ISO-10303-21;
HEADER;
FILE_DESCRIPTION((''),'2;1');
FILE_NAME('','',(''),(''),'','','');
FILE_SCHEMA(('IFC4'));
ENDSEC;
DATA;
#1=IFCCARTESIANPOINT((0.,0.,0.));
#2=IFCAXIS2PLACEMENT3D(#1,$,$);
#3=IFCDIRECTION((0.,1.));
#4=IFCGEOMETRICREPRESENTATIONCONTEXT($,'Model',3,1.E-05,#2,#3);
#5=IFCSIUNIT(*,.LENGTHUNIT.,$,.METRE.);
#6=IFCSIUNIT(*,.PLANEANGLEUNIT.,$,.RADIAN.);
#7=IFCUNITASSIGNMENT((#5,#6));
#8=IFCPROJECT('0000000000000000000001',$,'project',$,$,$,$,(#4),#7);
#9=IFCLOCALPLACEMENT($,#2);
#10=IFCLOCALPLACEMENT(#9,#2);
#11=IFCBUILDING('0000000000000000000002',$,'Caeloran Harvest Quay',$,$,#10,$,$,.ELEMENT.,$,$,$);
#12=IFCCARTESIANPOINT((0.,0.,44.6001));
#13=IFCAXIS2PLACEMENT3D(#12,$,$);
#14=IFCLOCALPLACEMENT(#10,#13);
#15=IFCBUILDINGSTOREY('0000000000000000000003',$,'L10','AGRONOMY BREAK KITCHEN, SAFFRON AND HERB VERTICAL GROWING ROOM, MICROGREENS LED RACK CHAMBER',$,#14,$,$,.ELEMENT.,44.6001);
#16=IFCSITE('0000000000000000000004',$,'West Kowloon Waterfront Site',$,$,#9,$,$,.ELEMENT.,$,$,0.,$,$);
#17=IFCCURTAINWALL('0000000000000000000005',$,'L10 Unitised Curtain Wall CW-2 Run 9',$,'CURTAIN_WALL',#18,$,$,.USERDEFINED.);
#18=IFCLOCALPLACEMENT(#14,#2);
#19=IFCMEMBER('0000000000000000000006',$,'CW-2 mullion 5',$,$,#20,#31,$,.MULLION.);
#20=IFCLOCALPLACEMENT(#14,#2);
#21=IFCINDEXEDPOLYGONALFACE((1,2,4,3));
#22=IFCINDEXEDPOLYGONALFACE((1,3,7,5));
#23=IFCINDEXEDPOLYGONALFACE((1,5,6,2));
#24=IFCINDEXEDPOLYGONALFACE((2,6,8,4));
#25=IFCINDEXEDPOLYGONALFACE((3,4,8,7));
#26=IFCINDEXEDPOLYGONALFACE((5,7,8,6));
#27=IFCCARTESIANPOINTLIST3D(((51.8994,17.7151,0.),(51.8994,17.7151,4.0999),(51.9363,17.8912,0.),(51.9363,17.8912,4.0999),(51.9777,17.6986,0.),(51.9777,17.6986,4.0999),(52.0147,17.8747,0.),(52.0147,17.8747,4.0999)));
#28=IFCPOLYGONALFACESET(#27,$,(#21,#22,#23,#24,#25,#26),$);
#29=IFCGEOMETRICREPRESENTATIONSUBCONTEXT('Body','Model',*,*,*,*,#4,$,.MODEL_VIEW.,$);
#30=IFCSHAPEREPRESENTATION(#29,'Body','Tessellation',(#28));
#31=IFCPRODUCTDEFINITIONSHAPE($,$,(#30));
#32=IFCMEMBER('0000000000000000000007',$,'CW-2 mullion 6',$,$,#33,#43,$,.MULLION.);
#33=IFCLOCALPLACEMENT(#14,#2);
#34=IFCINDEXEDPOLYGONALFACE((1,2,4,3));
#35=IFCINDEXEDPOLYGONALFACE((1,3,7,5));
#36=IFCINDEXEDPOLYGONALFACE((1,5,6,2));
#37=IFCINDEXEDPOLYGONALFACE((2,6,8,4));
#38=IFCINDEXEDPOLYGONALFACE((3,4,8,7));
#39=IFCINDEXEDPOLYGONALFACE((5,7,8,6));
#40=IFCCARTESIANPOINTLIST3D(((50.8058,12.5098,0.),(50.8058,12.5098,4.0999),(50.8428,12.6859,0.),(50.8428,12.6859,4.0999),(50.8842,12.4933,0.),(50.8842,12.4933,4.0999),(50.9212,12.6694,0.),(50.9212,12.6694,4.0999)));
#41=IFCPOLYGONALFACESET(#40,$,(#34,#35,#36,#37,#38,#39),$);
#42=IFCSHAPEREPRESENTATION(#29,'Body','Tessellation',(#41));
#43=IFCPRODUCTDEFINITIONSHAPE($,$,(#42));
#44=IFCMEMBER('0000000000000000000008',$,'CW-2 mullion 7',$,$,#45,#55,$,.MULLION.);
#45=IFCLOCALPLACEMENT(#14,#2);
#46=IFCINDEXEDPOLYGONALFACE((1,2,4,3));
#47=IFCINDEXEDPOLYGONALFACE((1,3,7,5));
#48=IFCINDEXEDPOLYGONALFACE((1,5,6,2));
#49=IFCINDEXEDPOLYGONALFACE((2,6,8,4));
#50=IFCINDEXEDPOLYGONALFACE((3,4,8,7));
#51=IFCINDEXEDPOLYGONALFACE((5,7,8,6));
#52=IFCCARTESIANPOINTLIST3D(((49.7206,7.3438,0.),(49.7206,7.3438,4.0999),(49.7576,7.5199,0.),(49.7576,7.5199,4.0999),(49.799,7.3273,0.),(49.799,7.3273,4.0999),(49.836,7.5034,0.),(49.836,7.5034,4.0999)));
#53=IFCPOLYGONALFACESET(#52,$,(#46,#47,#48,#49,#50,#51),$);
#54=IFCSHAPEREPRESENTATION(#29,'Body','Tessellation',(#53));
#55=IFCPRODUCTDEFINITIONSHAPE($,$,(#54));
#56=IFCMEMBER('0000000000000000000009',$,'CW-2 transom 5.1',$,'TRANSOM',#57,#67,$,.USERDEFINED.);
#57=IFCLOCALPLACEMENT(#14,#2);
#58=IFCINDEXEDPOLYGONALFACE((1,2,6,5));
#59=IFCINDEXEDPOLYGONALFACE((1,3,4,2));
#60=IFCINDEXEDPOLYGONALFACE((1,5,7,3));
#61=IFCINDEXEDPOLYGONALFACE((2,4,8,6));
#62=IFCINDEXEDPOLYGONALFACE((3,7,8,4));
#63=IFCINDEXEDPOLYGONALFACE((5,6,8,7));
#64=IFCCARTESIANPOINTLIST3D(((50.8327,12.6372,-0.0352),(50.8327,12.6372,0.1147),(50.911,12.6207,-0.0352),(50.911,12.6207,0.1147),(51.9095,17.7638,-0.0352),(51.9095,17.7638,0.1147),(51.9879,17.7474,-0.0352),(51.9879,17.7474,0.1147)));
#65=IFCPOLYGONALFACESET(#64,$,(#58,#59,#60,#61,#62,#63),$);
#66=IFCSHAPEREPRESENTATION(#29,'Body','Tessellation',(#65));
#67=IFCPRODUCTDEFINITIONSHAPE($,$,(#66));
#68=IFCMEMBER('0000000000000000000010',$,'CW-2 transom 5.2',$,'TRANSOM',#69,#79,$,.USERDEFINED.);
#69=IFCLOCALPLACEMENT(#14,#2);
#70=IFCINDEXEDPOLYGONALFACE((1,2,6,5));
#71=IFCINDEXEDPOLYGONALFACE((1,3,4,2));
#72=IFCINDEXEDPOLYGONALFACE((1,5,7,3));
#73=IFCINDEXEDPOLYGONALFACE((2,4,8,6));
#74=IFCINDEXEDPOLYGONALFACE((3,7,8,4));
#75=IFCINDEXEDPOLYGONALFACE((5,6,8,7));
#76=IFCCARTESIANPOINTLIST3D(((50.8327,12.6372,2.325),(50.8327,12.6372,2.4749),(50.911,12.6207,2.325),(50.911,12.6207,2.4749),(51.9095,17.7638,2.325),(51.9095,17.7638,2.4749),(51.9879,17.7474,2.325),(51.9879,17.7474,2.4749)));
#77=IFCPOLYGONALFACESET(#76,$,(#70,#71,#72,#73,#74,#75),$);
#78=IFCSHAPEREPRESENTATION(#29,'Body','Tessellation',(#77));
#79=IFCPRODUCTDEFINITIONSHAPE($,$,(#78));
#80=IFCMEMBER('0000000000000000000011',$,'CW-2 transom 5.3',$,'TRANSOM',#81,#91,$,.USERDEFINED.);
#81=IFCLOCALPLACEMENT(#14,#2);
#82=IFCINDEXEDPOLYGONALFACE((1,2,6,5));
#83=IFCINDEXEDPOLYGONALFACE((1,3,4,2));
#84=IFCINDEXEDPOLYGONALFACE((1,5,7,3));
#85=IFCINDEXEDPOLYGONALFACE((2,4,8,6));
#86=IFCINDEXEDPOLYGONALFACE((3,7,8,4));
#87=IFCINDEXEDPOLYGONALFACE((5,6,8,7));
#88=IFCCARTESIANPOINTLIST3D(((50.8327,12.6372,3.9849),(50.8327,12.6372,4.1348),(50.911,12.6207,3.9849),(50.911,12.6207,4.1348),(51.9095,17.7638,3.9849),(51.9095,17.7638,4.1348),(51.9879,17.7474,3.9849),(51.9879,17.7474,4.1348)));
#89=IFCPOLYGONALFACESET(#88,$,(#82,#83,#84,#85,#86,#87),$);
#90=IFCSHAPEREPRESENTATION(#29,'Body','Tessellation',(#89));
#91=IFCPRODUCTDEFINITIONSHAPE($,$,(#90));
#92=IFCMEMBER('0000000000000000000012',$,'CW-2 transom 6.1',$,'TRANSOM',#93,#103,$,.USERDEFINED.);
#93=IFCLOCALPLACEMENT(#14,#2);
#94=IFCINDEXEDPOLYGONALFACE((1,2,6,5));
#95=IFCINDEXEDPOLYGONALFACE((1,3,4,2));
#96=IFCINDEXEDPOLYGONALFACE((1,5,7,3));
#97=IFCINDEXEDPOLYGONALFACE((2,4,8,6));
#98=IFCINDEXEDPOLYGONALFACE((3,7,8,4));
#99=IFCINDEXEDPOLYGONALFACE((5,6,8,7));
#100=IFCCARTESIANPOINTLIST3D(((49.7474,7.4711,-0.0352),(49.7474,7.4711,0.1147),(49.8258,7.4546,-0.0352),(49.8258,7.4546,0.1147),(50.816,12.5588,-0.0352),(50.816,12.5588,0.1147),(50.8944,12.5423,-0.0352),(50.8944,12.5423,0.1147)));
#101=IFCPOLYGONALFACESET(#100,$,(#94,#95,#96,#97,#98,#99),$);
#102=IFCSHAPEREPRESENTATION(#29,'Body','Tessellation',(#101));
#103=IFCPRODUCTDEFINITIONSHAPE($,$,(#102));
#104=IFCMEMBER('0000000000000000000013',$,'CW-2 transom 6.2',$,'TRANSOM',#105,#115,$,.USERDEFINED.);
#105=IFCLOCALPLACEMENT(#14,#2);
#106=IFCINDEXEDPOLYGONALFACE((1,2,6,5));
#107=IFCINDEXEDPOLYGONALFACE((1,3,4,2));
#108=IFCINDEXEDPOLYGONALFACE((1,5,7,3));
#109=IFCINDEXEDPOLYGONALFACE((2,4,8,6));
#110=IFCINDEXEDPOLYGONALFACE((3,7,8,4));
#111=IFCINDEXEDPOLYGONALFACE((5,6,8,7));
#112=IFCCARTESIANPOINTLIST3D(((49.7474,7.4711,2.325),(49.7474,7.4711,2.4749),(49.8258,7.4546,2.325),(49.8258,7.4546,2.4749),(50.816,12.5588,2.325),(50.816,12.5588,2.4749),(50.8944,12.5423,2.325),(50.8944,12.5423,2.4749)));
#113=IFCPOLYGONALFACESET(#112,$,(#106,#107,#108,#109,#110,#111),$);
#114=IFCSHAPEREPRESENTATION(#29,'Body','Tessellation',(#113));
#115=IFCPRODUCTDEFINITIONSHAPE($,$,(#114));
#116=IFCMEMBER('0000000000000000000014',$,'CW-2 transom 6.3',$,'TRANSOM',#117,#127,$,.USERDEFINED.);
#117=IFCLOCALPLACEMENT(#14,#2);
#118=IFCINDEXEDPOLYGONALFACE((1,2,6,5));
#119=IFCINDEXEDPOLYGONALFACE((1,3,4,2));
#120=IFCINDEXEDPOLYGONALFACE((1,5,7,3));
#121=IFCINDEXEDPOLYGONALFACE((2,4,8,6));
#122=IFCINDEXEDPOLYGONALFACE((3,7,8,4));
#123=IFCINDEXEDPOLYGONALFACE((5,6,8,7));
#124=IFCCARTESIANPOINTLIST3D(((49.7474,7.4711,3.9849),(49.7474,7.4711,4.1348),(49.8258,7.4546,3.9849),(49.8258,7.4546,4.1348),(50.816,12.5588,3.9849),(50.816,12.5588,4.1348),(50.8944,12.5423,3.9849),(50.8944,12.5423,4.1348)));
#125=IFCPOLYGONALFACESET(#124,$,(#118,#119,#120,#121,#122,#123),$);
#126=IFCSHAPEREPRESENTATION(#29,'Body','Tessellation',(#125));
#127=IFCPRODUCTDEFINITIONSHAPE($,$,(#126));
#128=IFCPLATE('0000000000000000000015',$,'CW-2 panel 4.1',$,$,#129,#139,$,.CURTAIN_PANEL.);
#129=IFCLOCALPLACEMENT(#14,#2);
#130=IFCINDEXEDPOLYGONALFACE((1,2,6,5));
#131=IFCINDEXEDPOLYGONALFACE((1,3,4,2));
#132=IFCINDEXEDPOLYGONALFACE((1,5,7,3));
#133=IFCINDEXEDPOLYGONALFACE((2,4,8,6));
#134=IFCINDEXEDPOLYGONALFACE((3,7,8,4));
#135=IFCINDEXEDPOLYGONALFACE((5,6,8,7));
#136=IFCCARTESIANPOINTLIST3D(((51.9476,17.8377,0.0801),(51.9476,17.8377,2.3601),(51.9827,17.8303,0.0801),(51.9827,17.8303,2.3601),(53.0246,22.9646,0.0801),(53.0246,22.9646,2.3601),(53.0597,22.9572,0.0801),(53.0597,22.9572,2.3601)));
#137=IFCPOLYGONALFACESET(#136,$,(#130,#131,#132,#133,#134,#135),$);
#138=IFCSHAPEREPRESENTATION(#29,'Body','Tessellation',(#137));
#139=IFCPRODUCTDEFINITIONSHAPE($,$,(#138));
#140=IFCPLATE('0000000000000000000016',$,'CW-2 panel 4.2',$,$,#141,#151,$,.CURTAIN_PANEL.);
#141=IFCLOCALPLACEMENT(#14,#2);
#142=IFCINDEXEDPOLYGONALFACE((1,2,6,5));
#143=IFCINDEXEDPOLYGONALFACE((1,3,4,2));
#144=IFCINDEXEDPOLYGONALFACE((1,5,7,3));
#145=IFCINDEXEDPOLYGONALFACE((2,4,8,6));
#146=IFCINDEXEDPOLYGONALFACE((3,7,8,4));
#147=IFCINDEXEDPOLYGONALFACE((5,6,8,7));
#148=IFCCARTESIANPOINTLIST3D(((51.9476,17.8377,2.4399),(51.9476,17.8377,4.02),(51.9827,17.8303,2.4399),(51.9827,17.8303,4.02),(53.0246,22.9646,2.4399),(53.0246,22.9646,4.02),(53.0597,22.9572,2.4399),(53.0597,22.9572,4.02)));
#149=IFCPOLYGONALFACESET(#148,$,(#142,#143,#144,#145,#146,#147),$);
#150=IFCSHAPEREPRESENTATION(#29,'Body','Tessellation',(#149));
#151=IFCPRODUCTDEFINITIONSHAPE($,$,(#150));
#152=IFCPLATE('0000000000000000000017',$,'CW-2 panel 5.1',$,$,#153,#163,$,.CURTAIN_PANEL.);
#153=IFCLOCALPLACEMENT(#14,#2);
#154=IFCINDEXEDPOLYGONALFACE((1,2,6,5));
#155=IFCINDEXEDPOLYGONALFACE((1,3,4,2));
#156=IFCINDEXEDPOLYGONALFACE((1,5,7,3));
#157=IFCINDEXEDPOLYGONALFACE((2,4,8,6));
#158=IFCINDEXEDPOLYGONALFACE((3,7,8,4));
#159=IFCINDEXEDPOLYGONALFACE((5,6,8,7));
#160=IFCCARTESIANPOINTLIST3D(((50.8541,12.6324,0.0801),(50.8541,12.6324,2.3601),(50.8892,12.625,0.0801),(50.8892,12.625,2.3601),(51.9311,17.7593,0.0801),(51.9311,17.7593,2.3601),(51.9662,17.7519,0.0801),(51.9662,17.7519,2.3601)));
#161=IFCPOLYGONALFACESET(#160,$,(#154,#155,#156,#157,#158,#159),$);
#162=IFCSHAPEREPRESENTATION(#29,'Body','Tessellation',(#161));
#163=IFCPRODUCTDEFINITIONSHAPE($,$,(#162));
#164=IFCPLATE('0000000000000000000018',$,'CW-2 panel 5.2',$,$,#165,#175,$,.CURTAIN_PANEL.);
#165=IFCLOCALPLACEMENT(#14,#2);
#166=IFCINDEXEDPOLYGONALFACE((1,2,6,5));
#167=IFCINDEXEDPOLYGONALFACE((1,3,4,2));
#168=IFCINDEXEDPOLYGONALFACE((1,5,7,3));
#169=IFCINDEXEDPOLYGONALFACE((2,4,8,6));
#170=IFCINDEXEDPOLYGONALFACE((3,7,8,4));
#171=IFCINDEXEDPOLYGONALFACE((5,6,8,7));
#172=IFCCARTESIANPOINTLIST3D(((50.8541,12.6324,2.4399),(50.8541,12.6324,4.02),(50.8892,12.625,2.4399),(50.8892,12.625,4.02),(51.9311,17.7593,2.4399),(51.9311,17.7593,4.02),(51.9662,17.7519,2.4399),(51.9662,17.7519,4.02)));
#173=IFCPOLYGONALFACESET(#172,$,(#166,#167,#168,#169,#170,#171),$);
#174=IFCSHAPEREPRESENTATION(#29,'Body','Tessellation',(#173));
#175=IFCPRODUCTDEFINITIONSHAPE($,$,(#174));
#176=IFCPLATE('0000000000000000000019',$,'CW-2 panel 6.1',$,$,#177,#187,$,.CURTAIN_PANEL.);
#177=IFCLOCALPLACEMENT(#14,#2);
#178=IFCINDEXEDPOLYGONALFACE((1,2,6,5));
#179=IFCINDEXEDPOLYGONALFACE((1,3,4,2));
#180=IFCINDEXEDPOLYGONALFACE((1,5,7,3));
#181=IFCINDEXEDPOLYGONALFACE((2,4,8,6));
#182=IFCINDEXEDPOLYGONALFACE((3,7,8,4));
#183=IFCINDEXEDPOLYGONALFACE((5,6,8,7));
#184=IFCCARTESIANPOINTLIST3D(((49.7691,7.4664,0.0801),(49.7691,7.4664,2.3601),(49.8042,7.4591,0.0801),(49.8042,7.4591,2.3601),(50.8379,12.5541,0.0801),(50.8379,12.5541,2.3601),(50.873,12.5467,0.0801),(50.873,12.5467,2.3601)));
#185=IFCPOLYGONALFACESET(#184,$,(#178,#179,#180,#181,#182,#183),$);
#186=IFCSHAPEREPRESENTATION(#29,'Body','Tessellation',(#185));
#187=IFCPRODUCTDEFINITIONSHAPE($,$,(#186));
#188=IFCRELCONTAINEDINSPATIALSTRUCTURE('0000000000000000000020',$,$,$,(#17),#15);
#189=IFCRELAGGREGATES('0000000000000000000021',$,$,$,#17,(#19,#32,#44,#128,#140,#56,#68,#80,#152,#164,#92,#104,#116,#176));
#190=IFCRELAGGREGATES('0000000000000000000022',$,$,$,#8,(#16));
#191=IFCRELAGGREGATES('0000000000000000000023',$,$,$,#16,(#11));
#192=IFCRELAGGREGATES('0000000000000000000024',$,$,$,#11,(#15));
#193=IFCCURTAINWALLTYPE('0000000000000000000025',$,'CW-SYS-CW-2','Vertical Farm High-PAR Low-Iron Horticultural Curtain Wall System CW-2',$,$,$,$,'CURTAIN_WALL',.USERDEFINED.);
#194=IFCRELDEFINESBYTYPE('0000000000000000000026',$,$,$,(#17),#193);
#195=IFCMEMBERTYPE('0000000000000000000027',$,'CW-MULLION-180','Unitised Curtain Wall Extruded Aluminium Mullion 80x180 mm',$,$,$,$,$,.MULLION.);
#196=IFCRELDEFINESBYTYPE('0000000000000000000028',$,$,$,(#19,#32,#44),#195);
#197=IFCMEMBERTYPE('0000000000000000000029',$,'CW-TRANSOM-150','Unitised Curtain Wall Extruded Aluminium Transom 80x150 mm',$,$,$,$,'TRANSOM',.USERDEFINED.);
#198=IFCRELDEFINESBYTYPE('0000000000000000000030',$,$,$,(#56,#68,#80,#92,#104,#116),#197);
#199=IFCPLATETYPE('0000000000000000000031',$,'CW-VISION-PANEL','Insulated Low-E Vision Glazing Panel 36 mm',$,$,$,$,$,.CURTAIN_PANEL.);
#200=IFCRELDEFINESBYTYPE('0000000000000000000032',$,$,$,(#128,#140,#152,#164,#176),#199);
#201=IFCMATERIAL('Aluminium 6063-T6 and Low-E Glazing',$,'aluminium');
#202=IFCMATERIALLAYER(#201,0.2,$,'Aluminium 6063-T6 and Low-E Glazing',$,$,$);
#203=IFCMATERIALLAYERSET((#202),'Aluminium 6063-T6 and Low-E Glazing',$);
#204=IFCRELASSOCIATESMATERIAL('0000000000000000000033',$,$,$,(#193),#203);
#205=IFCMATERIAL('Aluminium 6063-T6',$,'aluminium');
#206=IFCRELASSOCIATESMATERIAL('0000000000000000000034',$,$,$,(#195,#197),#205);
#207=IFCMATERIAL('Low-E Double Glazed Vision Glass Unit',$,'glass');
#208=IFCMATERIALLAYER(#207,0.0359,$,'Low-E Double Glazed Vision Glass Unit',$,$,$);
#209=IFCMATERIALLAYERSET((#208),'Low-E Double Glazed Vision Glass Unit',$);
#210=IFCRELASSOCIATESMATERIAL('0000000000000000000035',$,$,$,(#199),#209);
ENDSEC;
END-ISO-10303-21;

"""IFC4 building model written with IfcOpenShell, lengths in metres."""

from ifc_helpers import new_model, si_unit, direction, frame, origin, origin_2d, place, context, subcontext, project, spatial, rectangle, extrude, material, layer, layer_set, material_profile, profile_set, type_object, element, aggregate, save


model = new_model("IFC4")

# Units and contexts
model_context = context("Model", 3, precision=1e-05, world=origin(), true_north=direction((0.0, 1.0)))
body_context = subcontext(model_context, "Body", "Model", "MODEL_VIEW")
ifc_project = project(units=[si_unit("LENGTHUNIT", "METRE"), si_unit("PLANEANGLEUNIT", "RADIAN")], contexts=[model_context])

# Site, building, storey
site_placement = place(None, origin())
site = spatial("IfcSite", under=ifc_project, at=site_placement, Name="West Kowloon Waterfront Site", CompositionType="ELEMENT", RefElevation=0.0)
building_placement = place(site_placement, origin())
building = spatial("IfcBuilding", under=site, at=building_placement, Name="Caeloran Harvest Quay", CompositionType="ELEMENT")
storey_placement = place(building_placement, frame((0.0, 0.0, 44.6001)))
storey = spatial("IfcBuildingStorey", under=building, at=storey_placement, Name="L10", Description="AGRONOMY BREAK KITCHEN, SAFFRON AND HERB VERTICAL GROWING ROOM, MICROGREENS LED RACK CHAMBER", CompositionType="ELEMENT", Elevation=44.6001)

# Curtain wall, members, plates
ifc_material_1 = material(Name="Aluminium 6063-T6 and Low-E Glazing", Category="aluminium")
ifc_layer_1 = layer(ifc_material_1, 0.2, Name="Aluminium 6063-T6 and Low-E Glazing")
ifc_layer_set_1 = layer_set([ifc_layer_1], Name="Aluminium 6063-T6 and Low-E Glazing")
curtain_wall_type = type_object("IfcCurtainWallType", Name="CW-SYS-CW-2", Description="Vertical Farm High-PAR Low-Iron Horticultural Curtain Wall System CW-2", ElementType="CURTAIN_WALL", PredefinedType="USERDEFINED", material=ifc_layer_set_1)
curtain_wall_placement = place(storey_placement, origin())
curtain_wall = element("IfcCurtainWall", 1, at=curtain_wall_placement, inside=storey, type_object=curtain_wall_type, Name="L10 Unitised Curtain Wall CW-2 Run 9", ObjectType="CURTAIN_WALL", PredefinedType="USERDEFINED")
ifc_material_2 = material(Name="Aluminium 6063-T6", Category="aluminium")
ifc_material_profile_1 = material_profile(ifc_material_2, rectangle(XDim=0.0801, YDim=0.1799, at=origin_2d()), Name="CW-MULLION-180")
ifc_profile_set_1 = profile_set([ifc_material_profile_1], Name="Aluminium 6063-T6")
member_type_1 = type_object("IfcMemberType", Name="CW-MULLION-180", Description="Unitised Curtain Wall Extruded Aluminium Mullion 80x180 mm", PredefinedType="MULLION", material=ifc_profile_set_1)
member_1_placement = place(storey_placement, frame((51.957, 17.7949, 0.0), z_axis=(0.0, 0.0, 1.0), x_axis=(0.97864, -0.205583, 0.0)))
member_1 = element("IfcMember", 2, at=member_1_placement, type_object=member_type_1, Name="CW-2 mullion 5", PredefinedType="MULLION", context=body_context, shape_type="SweptSolid", body=[
    extrude(rectangle(XDim=0.0801, YDim=0.1799, at=origin_2d()), origin(), (0.0, 0.0, 1.0), 4.0999),
])
member_2_placement = place(storey_placement, frame((50.8635, 12.5896, 0.0), z_axis=(0.0, 0.0, 1.0), x_axis=(0.97864, -0.205583, 0.0)))
member_2 = element("IfcMember", 3, at=member_2_placement, type_object=member_type_1, Name="CW-2 mullion 6", PredefinedType="MULLION", context=body_context, shape_type="SweptSolid", body=[
    extrude(rectangle(XDim=0.0801, YDim=0.1799, at=origin_2d()), origin(), (0.0, 0.0, 1.0), 4.0999),
])
member_3_placement = place(storey_placement, frame((49.7783, 7.4236, 0.0), z_axis=(0.0, 0.0, 1.0), x_axis=(0.97864, -0.205583, 0.0)))
member_3 = element("IfcMember", 4, at=member_3_placement, type_object=member_type_1, Name="CW-2 mullion 7", PredefinedType="MULLION", context=body_context, shape_type="SweptSolid", body=[
    extrude(rectangle(XDim=0.0801, YDim=0.1799, at=origin_2d()), origin(), (0.0, 0.0, 1.0), 4.0999),
])
ifc_material_profile_2 = material_profile(ifc_material_2, rectangle(XDim=0.0801, YDim=0.1499, at=origin_2d()), Name="CW-TRANSOM-150")
ifc_profile_set_2 = profile_set([ifc_material_profile_2], Name="Aluminium 6063-T6")
member_type_2 = type_object("IfcMemberType", Name="CW-TRANSOM-150", Description="Unitised Curtain Wall Extruded Aluminium Transom 80x150 mm", ElementType="TRANSOM", PredefinedType="USERDEFINED", material=ifc_profile_set_2)
member_4_placement = place(storey_placement, frame((51.9487, 17.7556, 0.0398), z_axis=(-0.205571, -0.978642, 0.0), x_axis=(0.978642, -0.205571, 0.0)))
member_4 = element("IfcMember", 5, at=member_4_placement, type_object=member_type_2, Name="CW-2 transom 5.1", ObjectType="TRANSOM", PredefinedType="USERDEFINED", context=body_context, shape_type="SweptSolid", body=[
    extrude(rectangle(XDim=0.0801, YDim=0.1499, at=origin_2d()), origin(), (0.0, 0.0, 1.0), 5.2385),
])
member_5_placement = place(storey_placement, frame((51.9487, 17.7556, 2.3999), z_axis=(-0.205571, -0.978642, 0.0), x_axis=(0.978642, -0.205571, 0.0)))
member_5 = element("IfcMember", 6, at=member_5_placement, type_object=member_type_2, Name="CW-2 transom 5.2", ObjectType="TRANSOM", PredefinedType="USERDEFINED", context=body_context, shape_type="SweptSolid", body=[
    extrude(rectangle(XDim=0.0801, YDim=0.1499, at=origin_2d()), origin(), (0.0, 0.0, 1.0), 5.2385),
])
member_6_placement = place(storey_placement, frame((51.9487, 17.7556, 4.0598), z_axis=(-0.205571, -0.978642, 0.0), x_axis=(0.978642, -0.205571, 0.0)))
member_6 = element("IfcMember", 7, at=member_6_placement, type_object=member_type_2, Name="CW-2 transom 5.3", ObjectType="TRANSOM", PredefinedType="USERDEFINED", context=body_context, shape_type="SweptSolid", body=[
    extrude(rectangle(XDim=0.0801, YDim=0.1499, at=origin_2d()), origin(), (0.0, 0.0, 1.0), 5.2385),
])
member_7_placement = place(storey_placement, frame((50.8552, 12.5505, 0.0398), z_axis=(-0.205554, -0.978646, 0.0), x_axis=(0.978646, -0.205554, 0.0)))
member_7 = element("IfcMember", 8, at=member_7_placement, type_object=member_type_2, Name="CW-2 transom 6.1", ObjectType="TRANSOM", PredefinedType="USERDEFINED", context=body_context, shape_type="SweptSolid", body=[
    extrude(rectangle(XDim=0.0801, YDim=0.1499, at=origin_2d()), origin(), (0.0, 0.0, 1.0), 5.1987),
])
member_8_placement = place(storey_placement, frame((50.8552, 12.5505, 2.3999), z_axis=(-0.205554, -0.978646, 0.0), x_axis=(0.978646, -0.205554, 0.0)))
member_8 = element("IfcMember", 9, at=member_8_placement, type_object=member_type_2, Name="CW-2 transom 6.2", ObjectType="TRANSOM", PredefinedType="USERDEFINED", context=body_context, shape_type="SweptSolid", body=[
    extrude(rectangle(XDim=0.0801, YDim=0.1499, at=origin_2d()), origin(), (0.0, 0.0, 1.0), 5.1987),
])
member_9_placement = place(storey_placement, frame((50.8552, 12.5505, 4.0598), z_axis=(-0.205554, -0.978646, 0.0), x_axis=(0.978646, -0.205554, 0.0)))
member_9 = element("IfcMember", 10, at=member_9_placement, type_object=member_type_2, Name="CW-2 transom 6.3", ObjectType="TRANSOM", PredefinedType="USERDEFINED", context=body_context, shape_type="SweptSolid", body=[
    extrude(rectangle(XDim=0.0801, YDim=0.1499, at=origin_2d()), origin(), (0.0, 0.0, 1.0), 5.1987),
])
ifc_material_3 = material(Name="Low-E Double Glazed Vision Glass Unit", Category="glass")
ifc_layer_2 = layer(ifc_material_3, 0.0359, Name="Low-E Double Glazed Vision Glass Unit")
ifc_layer_set_2 = layer_set([ifc_layer_2], Name="Low-E Double Glazed Vision Glass Unit")
plate_type_1 = type_object("IfcPlateType", Name="CW-VISION-PANEL", Description="Insulated Low-E Vision Glazing Panel 36 mm", PredefinedType="CURTAIN_PANEL", material=ifc_layer_set_2)
plate_1_placement = place(storey_placement, frame((52.5037, 20.3975, 0.0801), z_axis=(0.0, 0.0, 1.0), x_axis=(-0.205583, -0.97864, 0.0)))
plate_1 = element("IfcPlate", 11, at=plate_1_placement, type_object=plate_type_1, Name="CW-2 panel 4.1", PredefinedType="CURTAIN_PANEL", context=body_context, shape_type="SweptSolid", body=[
    extrude(rectangle(XDim=5.2388, YDim=0.0359, at=origin_2d()), origin(), (0.0, 0.0, 1.0), 2.28),
])
plate_2_placement = place(storey_placement, frame((52.5037, 20.3975, 2.4399), z_axis=(0.0, 0.0, 1.0), x_axis=(-0.205583, -0.97864, 0.0)))
plate_2 = element("IfcPlate", 12, at=plate_2_placement, type_object=plate_type_1, Name="CW-2 panel 4.2", PredefinedType="CURTAIN_PANEL", context=body_context, shape_type="SweptSolid", body=[
    extrude(rectangle(XDim=5.2388, YDim=0.0359, at=origin_2d()), origin(), (0.0, 0.0, 1.0), 1.5801),
])
plate_3_placement = place(storey_placement, frame((51.4102, 15.1921, 0.0801), z_axis=(0.0, 0.0, 1.0), x_axis=(-0.205583, -0.97864, 0.0)))
plate_3 = element("IfcPlate", 13, at=plate_3_placement, type_object=plate_type_1, Name="CW-2 panel 5.1", PredefinedType="CURTAIN_PANEL", context=body_context, shape_type="SweptSolid", body=[
    extrude(rectangle(XDim=5.2388, YDim=0.0359, at=origin_2d()), origin(), (0.0, 0.0, 1.0), 2.28),
])
plate_4_placement = place(storey_placement, frame((51.4102, 15.1921, 2.4399), z_axis=(0.0, 0.0, 1.0), x_axis=(-0.205583, -0.97864, 0.0)))
plate_4 = element("IfcPlate", 14, at=plate_4_placement, type_object=plate_type_1, Name="CW-2 panel 5.2", PredefinedType="CURTAIN_PANEL", context=body_context, shape_type="SweptSolid", body=[
    extrude(rectangle(XDim=5.2388, YDim=0.0359, at=origin_2d()), origin(), (0.0, 0.0, 1.0), 1.5801),
])
plate_5_placement = place(storey_placement, frame((50.321, 10.0066, 0.0801), z_axis=(0.0, 0.0, 1.0), x_axis=(-0.205583, -0.97864, 0.0)))
plate_5 = element("IfcPlate", 15, at=plate_5_placement, type_object=plate_type_1, Name="CW-2 panel 6.1", PredefinedType="CURTAIN_PANEL", context=body_context, shape_type="SweptSolid", body=[
    extrude(rectangle(XDim=5.1987, YDim=0.0359, at=origin_2d()), origin(), (0.0, 0.0, 1.0), 2.28),
])
aggregate(curtain_wall, [member_1, member_2, member_3, plate_1, plate_2, member_4, member_5, member_6, plate_3, plate_4, member_7, member_8, member_9, plate_5])

save(model, "model.ifc")
